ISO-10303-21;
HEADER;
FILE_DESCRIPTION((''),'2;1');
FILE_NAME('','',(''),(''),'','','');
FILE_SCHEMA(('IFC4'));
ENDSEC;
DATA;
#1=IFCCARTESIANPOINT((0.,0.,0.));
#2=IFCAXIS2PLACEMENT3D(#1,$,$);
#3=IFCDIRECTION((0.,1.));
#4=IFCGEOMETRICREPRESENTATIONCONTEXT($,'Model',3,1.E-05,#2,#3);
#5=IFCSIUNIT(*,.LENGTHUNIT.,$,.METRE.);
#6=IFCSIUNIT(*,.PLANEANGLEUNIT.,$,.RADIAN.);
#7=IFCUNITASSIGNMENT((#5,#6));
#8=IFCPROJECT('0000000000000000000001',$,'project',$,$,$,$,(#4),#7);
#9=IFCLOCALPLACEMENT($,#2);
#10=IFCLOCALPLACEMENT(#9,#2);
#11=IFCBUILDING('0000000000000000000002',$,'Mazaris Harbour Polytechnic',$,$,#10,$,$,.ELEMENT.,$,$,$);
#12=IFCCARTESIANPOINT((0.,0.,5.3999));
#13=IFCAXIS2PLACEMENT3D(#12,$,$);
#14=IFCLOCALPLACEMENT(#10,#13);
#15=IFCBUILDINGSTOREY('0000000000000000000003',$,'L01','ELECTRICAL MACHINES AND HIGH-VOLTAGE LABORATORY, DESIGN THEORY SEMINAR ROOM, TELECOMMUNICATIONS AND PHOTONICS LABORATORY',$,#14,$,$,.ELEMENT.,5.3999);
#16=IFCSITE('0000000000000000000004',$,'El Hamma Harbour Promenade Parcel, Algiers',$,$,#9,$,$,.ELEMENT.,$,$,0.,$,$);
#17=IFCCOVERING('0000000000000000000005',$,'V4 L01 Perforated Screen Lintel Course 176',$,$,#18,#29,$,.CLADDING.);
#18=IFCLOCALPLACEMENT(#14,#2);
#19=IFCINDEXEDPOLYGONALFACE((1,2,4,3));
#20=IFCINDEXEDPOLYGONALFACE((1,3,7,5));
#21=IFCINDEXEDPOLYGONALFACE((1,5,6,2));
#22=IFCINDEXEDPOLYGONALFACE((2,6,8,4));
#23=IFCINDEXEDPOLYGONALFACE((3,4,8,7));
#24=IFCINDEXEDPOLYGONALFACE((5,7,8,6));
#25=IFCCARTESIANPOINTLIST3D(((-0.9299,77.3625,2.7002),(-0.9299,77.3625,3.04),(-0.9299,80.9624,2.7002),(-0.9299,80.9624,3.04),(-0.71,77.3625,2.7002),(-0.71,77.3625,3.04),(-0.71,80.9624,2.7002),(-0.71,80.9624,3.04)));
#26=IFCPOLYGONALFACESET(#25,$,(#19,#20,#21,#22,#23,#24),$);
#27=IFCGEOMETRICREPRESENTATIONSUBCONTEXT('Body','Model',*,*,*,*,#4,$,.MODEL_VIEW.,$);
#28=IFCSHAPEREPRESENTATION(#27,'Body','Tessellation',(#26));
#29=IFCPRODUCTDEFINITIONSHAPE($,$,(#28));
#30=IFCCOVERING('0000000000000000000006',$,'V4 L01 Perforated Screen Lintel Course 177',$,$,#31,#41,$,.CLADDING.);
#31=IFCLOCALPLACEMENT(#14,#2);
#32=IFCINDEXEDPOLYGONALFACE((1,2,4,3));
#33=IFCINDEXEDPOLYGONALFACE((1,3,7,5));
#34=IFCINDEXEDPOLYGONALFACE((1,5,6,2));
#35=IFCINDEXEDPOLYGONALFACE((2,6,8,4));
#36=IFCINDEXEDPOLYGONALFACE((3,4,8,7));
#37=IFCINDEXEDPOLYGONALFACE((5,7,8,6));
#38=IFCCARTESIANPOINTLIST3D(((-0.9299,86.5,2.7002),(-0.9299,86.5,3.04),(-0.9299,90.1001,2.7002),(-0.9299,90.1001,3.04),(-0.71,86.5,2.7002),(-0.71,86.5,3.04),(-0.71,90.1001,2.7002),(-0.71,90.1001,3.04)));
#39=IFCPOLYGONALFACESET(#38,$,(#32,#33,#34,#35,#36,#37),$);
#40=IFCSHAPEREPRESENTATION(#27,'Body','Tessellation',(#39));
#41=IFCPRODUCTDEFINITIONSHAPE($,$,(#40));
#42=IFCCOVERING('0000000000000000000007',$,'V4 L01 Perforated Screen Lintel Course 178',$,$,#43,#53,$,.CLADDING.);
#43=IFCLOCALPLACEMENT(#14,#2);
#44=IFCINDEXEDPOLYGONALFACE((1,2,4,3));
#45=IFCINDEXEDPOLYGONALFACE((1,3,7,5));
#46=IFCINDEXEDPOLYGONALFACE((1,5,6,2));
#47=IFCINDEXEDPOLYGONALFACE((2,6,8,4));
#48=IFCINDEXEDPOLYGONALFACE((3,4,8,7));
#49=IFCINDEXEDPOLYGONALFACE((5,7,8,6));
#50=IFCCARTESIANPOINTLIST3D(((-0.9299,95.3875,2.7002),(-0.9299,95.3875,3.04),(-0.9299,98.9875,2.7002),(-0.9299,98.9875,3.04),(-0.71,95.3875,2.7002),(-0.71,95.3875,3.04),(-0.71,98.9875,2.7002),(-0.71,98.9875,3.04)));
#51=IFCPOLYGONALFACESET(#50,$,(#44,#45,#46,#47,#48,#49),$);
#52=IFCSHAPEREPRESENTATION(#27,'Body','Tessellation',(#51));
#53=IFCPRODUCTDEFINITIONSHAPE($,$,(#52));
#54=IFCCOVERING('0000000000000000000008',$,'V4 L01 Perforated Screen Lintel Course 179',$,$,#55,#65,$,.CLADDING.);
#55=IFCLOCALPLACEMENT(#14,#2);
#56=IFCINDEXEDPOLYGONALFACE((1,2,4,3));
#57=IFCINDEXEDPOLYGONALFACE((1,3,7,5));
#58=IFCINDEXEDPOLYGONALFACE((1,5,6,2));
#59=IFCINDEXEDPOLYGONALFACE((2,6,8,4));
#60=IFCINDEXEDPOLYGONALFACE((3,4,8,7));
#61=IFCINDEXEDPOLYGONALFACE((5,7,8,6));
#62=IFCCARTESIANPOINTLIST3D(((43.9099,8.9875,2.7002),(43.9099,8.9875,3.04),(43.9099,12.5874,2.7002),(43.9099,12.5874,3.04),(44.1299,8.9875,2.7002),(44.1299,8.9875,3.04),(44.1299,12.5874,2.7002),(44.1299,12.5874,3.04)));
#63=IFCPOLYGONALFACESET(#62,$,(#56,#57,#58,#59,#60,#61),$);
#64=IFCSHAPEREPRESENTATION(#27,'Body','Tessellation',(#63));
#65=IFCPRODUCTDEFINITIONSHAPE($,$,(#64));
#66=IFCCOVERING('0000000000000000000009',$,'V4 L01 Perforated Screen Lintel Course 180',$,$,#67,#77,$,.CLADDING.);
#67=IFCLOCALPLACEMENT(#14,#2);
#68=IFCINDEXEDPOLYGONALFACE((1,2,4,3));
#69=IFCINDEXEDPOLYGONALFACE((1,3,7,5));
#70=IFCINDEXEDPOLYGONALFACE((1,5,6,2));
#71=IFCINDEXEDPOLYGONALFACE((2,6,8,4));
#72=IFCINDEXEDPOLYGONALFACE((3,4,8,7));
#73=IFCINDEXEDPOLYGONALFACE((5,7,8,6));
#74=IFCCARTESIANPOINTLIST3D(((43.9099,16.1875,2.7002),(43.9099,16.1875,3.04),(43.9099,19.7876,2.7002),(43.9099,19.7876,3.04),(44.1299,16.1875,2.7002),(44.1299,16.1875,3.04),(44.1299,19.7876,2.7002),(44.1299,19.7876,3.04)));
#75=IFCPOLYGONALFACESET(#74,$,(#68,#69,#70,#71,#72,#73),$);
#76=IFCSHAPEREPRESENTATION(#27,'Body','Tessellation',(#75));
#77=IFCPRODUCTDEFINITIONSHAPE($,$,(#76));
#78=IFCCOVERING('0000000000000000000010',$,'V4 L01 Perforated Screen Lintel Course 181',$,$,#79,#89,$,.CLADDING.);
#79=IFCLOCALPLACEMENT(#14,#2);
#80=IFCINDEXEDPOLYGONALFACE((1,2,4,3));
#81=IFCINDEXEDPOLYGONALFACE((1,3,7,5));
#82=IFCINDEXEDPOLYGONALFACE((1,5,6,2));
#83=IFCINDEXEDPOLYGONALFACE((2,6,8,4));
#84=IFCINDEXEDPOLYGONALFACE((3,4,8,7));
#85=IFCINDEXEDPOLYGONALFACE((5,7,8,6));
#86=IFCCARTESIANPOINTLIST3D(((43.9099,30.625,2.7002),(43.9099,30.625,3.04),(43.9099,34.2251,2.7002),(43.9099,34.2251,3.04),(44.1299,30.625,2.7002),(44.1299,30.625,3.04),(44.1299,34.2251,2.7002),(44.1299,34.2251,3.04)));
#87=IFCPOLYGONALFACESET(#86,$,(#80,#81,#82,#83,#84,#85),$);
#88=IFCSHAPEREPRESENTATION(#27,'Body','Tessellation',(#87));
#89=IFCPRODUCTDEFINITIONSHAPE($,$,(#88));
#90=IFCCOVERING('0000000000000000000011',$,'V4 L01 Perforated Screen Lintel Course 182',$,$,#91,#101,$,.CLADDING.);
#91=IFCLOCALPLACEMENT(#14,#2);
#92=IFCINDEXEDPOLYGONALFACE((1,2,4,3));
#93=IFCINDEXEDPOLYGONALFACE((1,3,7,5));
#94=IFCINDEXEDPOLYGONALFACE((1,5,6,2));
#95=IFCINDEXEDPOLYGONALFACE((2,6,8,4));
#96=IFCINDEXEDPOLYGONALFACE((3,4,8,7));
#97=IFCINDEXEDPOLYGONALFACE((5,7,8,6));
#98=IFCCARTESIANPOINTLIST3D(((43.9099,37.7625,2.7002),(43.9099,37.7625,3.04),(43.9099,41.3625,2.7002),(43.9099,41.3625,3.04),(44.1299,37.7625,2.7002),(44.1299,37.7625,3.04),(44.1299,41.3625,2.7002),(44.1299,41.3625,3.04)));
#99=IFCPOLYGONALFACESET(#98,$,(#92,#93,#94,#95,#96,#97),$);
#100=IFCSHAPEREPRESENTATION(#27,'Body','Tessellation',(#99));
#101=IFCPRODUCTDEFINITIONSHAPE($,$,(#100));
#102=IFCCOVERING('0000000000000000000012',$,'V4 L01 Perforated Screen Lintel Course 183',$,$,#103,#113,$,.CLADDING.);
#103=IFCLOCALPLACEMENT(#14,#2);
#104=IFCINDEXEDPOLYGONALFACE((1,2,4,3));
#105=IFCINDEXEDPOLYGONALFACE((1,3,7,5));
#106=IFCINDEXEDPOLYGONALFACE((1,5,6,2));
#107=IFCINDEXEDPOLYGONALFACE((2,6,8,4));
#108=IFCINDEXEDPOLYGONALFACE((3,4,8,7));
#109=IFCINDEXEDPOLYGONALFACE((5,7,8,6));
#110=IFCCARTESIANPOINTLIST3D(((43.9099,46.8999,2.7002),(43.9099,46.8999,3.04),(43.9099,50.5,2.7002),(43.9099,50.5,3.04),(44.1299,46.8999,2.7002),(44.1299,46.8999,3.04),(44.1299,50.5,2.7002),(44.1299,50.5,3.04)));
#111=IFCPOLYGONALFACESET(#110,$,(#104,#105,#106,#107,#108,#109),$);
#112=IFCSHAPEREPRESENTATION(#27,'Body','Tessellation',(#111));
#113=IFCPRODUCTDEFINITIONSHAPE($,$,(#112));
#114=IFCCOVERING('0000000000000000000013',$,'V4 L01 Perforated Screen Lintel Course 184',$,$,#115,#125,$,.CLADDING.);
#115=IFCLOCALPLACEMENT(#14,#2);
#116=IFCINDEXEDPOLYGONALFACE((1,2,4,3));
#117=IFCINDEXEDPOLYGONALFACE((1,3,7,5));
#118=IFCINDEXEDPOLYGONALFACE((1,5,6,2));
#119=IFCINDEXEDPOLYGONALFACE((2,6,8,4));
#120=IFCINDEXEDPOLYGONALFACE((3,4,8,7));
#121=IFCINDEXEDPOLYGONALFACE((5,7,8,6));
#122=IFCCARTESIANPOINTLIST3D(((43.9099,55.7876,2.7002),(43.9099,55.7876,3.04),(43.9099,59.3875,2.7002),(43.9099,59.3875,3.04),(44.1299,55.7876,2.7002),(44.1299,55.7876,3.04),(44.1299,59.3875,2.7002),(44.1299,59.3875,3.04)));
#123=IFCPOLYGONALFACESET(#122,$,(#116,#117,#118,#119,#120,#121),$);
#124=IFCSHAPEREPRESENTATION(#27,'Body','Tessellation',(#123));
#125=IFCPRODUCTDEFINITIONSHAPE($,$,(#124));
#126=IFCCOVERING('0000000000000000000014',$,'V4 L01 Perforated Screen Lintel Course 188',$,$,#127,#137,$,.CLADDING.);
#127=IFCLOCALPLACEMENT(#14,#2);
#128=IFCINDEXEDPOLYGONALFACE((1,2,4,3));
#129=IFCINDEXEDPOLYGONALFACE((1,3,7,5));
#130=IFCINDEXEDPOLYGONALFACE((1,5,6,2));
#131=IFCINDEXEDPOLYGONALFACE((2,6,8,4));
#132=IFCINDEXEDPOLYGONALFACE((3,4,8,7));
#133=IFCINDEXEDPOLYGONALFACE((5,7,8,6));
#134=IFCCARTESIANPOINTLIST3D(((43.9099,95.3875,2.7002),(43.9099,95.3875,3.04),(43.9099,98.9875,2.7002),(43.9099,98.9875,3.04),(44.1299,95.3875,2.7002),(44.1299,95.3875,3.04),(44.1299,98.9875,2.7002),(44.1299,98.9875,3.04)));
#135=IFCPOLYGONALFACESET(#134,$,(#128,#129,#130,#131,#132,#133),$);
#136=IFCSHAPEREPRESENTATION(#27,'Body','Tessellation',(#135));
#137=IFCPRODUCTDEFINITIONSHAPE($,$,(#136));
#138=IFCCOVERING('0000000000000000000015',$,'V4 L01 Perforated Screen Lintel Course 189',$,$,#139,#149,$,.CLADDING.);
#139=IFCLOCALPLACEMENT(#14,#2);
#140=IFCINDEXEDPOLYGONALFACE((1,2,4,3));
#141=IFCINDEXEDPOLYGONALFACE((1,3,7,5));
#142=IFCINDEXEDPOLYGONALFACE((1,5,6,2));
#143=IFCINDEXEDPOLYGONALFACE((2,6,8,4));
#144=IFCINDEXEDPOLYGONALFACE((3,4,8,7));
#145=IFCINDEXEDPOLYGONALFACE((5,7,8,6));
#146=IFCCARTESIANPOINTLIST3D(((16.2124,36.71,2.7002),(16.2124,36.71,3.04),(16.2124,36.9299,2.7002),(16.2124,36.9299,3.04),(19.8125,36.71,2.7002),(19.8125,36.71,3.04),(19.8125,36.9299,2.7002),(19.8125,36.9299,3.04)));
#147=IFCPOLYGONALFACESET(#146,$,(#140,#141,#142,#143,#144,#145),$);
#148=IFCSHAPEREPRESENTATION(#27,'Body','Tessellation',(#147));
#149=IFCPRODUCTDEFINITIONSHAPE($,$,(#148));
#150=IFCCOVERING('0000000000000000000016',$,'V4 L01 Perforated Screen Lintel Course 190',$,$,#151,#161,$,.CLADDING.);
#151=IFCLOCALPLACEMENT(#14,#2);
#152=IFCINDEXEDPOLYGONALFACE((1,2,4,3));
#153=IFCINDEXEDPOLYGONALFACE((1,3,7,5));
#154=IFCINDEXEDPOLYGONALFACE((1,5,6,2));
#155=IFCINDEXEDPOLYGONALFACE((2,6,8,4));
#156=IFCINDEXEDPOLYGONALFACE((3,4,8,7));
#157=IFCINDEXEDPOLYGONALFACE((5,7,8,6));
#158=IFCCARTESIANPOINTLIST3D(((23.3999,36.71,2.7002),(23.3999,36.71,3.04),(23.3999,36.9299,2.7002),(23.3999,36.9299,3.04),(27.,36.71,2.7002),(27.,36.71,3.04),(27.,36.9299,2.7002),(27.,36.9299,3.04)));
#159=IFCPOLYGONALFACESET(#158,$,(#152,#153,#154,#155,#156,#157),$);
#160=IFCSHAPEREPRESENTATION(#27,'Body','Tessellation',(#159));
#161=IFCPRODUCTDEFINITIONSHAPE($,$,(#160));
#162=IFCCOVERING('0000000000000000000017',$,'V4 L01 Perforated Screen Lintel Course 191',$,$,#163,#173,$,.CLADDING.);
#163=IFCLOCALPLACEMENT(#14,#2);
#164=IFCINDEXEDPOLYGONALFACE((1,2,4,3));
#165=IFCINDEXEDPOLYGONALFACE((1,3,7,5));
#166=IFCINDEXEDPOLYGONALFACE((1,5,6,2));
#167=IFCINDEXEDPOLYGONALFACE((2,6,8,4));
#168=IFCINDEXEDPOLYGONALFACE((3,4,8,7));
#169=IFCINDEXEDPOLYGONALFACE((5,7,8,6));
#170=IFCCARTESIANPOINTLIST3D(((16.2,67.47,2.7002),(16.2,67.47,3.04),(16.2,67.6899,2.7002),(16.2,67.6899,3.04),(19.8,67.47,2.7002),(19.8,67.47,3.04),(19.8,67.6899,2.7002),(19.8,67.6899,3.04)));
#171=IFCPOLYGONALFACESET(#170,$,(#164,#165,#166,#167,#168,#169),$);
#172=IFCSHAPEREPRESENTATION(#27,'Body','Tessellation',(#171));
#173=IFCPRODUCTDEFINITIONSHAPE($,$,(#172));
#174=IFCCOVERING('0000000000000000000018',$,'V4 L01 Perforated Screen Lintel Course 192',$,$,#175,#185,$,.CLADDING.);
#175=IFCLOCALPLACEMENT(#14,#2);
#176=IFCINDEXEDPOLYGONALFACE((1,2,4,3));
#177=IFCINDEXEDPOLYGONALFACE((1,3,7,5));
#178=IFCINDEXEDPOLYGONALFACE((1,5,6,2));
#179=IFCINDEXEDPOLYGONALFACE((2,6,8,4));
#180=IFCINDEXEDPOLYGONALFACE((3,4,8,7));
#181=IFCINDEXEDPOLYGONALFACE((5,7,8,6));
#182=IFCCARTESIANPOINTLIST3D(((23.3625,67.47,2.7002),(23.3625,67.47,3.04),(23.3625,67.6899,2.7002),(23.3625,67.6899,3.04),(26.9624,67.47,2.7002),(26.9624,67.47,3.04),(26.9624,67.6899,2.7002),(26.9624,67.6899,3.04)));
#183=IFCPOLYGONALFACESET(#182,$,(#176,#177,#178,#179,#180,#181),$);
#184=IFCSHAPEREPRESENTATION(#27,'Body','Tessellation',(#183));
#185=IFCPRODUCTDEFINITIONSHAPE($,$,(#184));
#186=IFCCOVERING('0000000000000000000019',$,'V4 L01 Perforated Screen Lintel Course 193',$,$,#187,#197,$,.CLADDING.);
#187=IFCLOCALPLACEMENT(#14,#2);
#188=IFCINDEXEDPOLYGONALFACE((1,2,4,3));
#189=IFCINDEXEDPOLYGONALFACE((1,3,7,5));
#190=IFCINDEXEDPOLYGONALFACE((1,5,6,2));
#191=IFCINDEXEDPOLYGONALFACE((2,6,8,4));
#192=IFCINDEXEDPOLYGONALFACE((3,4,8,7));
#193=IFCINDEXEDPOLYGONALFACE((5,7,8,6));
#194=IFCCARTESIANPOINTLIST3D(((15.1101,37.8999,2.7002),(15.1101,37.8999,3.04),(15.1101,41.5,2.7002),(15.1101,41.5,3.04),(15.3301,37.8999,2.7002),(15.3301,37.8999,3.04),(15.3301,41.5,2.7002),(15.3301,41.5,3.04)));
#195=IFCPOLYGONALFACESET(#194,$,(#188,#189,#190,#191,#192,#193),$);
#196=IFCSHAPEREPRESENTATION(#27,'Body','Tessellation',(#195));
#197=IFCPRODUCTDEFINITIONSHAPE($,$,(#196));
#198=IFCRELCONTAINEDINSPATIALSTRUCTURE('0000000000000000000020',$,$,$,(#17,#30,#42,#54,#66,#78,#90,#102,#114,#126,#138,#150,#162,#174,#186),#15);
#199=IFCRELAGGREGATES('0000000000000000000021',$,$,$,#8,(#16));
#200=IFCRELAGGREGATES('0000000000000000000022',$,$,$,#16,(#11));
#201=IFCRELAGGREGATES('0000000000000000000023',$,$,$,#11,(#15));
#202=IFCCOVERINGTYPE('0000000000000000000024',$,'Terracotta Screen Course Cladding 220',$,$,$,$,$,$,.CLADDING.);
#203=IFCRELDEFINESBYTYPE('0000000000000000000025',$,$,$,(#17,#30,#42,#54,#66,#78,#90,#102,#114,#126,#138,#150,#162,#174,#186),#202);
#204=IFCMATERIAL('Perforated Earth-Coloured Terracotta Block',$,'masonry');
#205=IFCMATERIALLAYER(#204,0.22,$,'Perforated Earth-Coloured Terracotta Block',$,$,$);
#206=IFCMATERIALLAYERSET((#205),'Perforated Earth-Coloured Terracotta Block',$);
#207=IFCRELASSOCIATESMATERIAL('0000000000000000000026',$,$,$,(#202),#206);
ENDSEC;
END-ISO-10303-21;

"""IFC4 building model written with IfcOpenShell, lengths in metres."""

from ifc_helpers import new_model, si_unit, direction, frame, origin, place, context, subcontext, project, spatial, polyline, outline, extrude, material, layer, layer_set, type_object, element, save


model = new_model("IFC4")

# Units and contexts
model_context = context("Model", 3, precision=1e-05, world=origin(), true_north=direction((0.0, 1.0)))
body_context = subcontext(model_context, "Body", "Model", "MODEL_VIEW")
ifc_project = project(units=[si_unit("LENGTHUNIT", "METRE"), si_unit("PLANEANGLEUNIT", "RADIAN")], contexts=[model_context])

# Site, building, storey
site_placement = place(None, origin())
site = spatial("IfcSite", under=ifc_project, at=site_placement, Name="El Hamma Harbour Promenade Parcel, Algiers", CompositionType="ELEMENT", RefElevation=0.0)
building_placement = place(site_placement, origin())
building = spatial("IfcBuilding", under=site, at=building_placement, Name="Mazaris Harbour Polytechnic", CompositionType="ELEMENT")
storey_placement = place(building_placement, frame((0.0, 0.0, 5.3999)))
storey = spatial("IfcBuildingStorey", under=building, at=storey_placement, Name="L01", Description="ELECTRICAL MACHINES AND HIGH-VOLTAGE LABORATORY, DESIGN THEORY SEMINAR ROOM, TELECOMMUNICATIONS AND PHOTONICS LABORATORY", CompositionType="ELEMENT", Elevation=5.3999)

# Coverings
ifc_material = material(Name="Perforated Earth-Coloured Terracotta Block", Category="masonry")
ifc_layer = layer(ifc_material, 0.22, Name="Perforated Earth-Coloured Terracotta Block")
ifc_layer_set = layer_set([ifc_layer], Name="Perforated Earth-Coloured Terracotta Block")
covering_type = type_object("IfcCoveringType", Name="Terracotta Screen Course Cladding 220", PredefinedType="CLADDING", material=ifc_layer_set)
covering_1_placement = place(storey_placement, frame((0.0, 0.0, 2.7002)))
element("IfcCovering", 1, at=covering_1_placement, inside=storey, type_object=covering_type, Name="V4 L01 Perforated Screen Lintel Course 176", PredefinedType="CLADDING", context=body_context, shape_type="SweptSolid", body=[
    extrude(outline(polyline([(-0.71, 77.3625), (-0.71, 80.9624), (-0.9299, 80.9624), (-0.9299, 77.3625), (-0.71, 77.3625)])), origin(), (0.0, 0.0, 1.0), 0.3398),
])
covering_2_placement = place(storey_placement, frame((0.0, 0.0, 2.7002)))
element("IfcCovering", 2, at=covering_2_placement, inside=storey, type_object=covering_type, Name="V4 L01 Perforated Screen Lintel Course 177", PredefinedType="CLADDING", context=body_context, shape_type="SweptSolid", body=[
    extrude(outline(polyline([(-0.71, 86.5), (-0.71, 90.1001), (-0.9299, 90.1001), (-0.9299, 86.5), (-0.71, 86.5)])), origin(), (0.0, 0.0, 1.0), 0.3398),
])
covering_3_placement = place(storey_placement, frame((0.0, 0.0, 2.7002)))
element("IfcCovering", 3, at=covering_3_placement, inside=storey, type_object=covering_type, Name="V4 L01 Perforated Screen Lintel Course 178", PredefinedType="CLADDING", context=body_context, shape_type="SweptSolid", body=[
    extrude(outline(polyline([(-0.71, 95.3875), (-0.71, 98.9875), (-0.9299, 98.9875), (-0.9299, 95.3875), (-0.71, 95.3875)])), origin(), (0.0, 0.0, 1.0), 0.3398),
])
covering_4_placement = place(storey_placement, frame((0.0, 0.0, 2.7002)))
element("IfcCovering", 4, at=covering_4_placement, inside=storey, type_object=covering_type, Name="V4 L01 Perforated Screen Lintel Course 179", PredefinedType="CLADDING", context=body_context, shape_type="SweptSolid", body=[
    extrude(outline(polyline([(43.9099, 12.5874), (43.9099, 8.9875), (44.1299, 8.9875), (44.1299, 12.5874), (43.9099, 12.5874)])), origin(), (0.0, 0.0, 1.0), 0.3398),
])
covering_5_placement = place(storey_placement, frame((0.0, 0.0, 2.7002)))
element("IfcCovering", 5, at=covering_5_placement, inside=storey, type_object=covering_type, Name="V4 L01 Perforated Screen Lintel Course 180", PredefinedType="CLADDING", context=body_context, shape_type="SweptSolid", body=[
    extrude(outline(polyline([(43.9099, 19.7876), (43.9099, 16.1875), (44.1299, 16.1875), (44.1299, 19.7876), (43.9099, 19.7876)])), origin(), (0.0, 0.0, 1.0), 0.3398),
])
covering_6_placement = place(storey_placement, frame((0.0, 0.0, 2.7002)))
element("IfcCovering", 6, at=covering_6_placement, inside=storey, type_object=covering_type, Name="V4 L01 Perforated Screen Lintel Course 181", PredefinedType="CLADDING", context=body_context, shape_type="SweptSolid", body=[
    extrude(outline(polyline([(43.9099, 34.2251), (43.9099, 30.625), (44.1299, 30.625), (44.1299, 34.2251), (43.9099, 34.2251)])), origin(), (0.0, 0.0, 1.0), 0.3398),
])
covering_7_placement = place(storey_placement, frame((0.0, 0.0, 2.7002)))
element("IfcCovering", 7, at=covering_7_placement, inside=storey, type_object=covering_type, Name="V4 L01 Perforated Screen Lintel Course 182", PredefinedType="CLADDING", context=body_context, shape_type="SweptSolid", body=[
    extrude(outline(polyline([(43.9099, 41.3625), (43.9099, 37.7625), (44.1299, 37.7625), (44.1299, 41.3625), (43.9099, 41.3625)])), origin(), (0.0, 0.0, 1.0), 0.3398),
])
covering_8_placement = place(storey_placement, frame((0.0, 0.0, 2.7002)))
element("IfcCovering", 8, at=covering_8_placement, inside=storey, type_object=covering_type, Name="V4 L01 Perforated Screen Lintel Course 183", PredefinedType="CLADDING", context=body_context, shape_type="SweptSolid", body=[
    extrude(outline(polyline([(43.9099, 50.5), (43.9099, 46.8999), (44.1299, 46.8999), (44.1299, 50.5), (43.9099, 50.5)])), origin(), (0.0, 0.0, 1.0), 0.3398),
])
covering_9_placement = place(storey_placement, frame((0.0, 0.0, 2.7002)))
element("IfcCovering", 9, at=covering_9_placement, inside=storey, type_object=covering_type, Name="V4 L01 Perforated Screen Lintel Course 184", PredefinedType="CLADDING", context=body_context, shape_type="SweptSolid", body=[
    extrude(outline(polyline([(43.9099, 59.3875), (43.9099, 55.7876), (44.1299, 55.7876), (44.1299, 59.3875), (43.9099, 59.3875)])), origin(), (0.0, 0.0, 1.0), 0.3398),
])
covering_10_placement = place(storey_placement, frame((0.0, 0.0, 2.7002)))
element("IfcCovering", 10, at=covering_10_placement, inside=storey, type_object=covering_type, Name="V4 L01 Perforated Screen Lintel Course 188", PredefinedType="CLADDING", context=body_context, shape_type="SweptSolid", body=[
    extrude(outline(polyline([(43.9099, 98.9875), (43.9099, 95.3875), (44.1299, 95.3875), (44.1299, 98.9875), (43.9099, 98.9875)])), origin(), (0.0, 0.0, 1.0), 0.3398),
])
covering_11_placement = place(storey_placement, frame((0.0, 0.0, 2.7002)))
element("IfcCovering", 11, at=covering_11_placement, inside=storey, type_object=covering_type, Name="V4 L01 Perforated Screen Lintel Course 189", PredefinedType="CLADDING", context=body_context, shape_type="SweptSolid", body=[
    extrude(outline(polyline([(16.2124, 36.71), (19.8125, 36.71), (19.8125, 36.9299), (16.2124, 36.9299), (16.2124, 36.71)])), origin(), (0.0, 0.0, 1.0), 0.3398),
])
covering_12_placement = place(storey_placement, frame((0.0, 0.0, 2.7002)))
element("IfcCovering", 12, at=covering_12_placement, inside=storey, type_object=covering_type, Name="V4 L01 Perforated Screen Lintel Course 190", PredefinedType="CLADDING", context=body_context, shape_type="SweptSolid", body=[
    extrude(outline(polyline([(23.3999, 36.71), (27.0, 36.71), (27.0, 36.9299), (23.3999, 36.9299), (23.3999, 36.71)])), origin(), (0.0, 0.0, 1.0), 0.3398),
])
covering_13_placement = place(storey_placement, frame((0.0, 0.0, 2.7002)))
element("IfcCovering", 13, at=covering_13_placement, inside=storey, type_object=covering_type, Name="V4 L01 Perforated Screen Lintel Course 191", PredefinedType="CLADDING", context=body_context, shape_type="SweptSolid", body=[
    extrude(outline(polyline([(19.8, 67.6899), (16.2, 67.6899), (16.2, 67.47), (19.8, 67.47), (19.8, 67.6899)])), origin(), (0.0, 0.0, 1.0), 0.3398),
])
covering_14_placement = place(storey_placement, frame((0.0, 0.0, 2.7002)))
element("IfcCovering", 14, at=covering_14_placement, inside=storey, type_object=covering_type, Name="V4 L01 Perforated Screen Lintel Course 192", PredefinedType="CLADDING", context=body_context, shape_type="SweptSolid", body=[
    extrude(outline(polyline([(26.9624, 67.6899), (23.3625, 67.6899), (23.3625, 67.47), (26.9624, 67.47), (26.9624, 67.6899)])), origin(), (0.0, 0.0, 1.0), 0.3398),
])
covering_15_placement = place(storey_placement, frame((0.0, 0.0, 2.7002)))
element("IfcCovering", 15, at=covering_15_placement, inside=storey, type_object=covering_type, Name="V4 L01 Perforated Screen Lintel Course 193", PredefinedType="CLADDING", context=body_context, shape_type="SweptSolid", body=[
    extrude(outline(polyline([(15.1101, 37.8999), (15.1101, 41.5), (15.3301, 41.5), (15.3301, 37.8999), (15.1101, 37.8999)])), origin(), (0.0, 0.0, 1.0), 0.3398),
])

save(model, "model.ifc")
